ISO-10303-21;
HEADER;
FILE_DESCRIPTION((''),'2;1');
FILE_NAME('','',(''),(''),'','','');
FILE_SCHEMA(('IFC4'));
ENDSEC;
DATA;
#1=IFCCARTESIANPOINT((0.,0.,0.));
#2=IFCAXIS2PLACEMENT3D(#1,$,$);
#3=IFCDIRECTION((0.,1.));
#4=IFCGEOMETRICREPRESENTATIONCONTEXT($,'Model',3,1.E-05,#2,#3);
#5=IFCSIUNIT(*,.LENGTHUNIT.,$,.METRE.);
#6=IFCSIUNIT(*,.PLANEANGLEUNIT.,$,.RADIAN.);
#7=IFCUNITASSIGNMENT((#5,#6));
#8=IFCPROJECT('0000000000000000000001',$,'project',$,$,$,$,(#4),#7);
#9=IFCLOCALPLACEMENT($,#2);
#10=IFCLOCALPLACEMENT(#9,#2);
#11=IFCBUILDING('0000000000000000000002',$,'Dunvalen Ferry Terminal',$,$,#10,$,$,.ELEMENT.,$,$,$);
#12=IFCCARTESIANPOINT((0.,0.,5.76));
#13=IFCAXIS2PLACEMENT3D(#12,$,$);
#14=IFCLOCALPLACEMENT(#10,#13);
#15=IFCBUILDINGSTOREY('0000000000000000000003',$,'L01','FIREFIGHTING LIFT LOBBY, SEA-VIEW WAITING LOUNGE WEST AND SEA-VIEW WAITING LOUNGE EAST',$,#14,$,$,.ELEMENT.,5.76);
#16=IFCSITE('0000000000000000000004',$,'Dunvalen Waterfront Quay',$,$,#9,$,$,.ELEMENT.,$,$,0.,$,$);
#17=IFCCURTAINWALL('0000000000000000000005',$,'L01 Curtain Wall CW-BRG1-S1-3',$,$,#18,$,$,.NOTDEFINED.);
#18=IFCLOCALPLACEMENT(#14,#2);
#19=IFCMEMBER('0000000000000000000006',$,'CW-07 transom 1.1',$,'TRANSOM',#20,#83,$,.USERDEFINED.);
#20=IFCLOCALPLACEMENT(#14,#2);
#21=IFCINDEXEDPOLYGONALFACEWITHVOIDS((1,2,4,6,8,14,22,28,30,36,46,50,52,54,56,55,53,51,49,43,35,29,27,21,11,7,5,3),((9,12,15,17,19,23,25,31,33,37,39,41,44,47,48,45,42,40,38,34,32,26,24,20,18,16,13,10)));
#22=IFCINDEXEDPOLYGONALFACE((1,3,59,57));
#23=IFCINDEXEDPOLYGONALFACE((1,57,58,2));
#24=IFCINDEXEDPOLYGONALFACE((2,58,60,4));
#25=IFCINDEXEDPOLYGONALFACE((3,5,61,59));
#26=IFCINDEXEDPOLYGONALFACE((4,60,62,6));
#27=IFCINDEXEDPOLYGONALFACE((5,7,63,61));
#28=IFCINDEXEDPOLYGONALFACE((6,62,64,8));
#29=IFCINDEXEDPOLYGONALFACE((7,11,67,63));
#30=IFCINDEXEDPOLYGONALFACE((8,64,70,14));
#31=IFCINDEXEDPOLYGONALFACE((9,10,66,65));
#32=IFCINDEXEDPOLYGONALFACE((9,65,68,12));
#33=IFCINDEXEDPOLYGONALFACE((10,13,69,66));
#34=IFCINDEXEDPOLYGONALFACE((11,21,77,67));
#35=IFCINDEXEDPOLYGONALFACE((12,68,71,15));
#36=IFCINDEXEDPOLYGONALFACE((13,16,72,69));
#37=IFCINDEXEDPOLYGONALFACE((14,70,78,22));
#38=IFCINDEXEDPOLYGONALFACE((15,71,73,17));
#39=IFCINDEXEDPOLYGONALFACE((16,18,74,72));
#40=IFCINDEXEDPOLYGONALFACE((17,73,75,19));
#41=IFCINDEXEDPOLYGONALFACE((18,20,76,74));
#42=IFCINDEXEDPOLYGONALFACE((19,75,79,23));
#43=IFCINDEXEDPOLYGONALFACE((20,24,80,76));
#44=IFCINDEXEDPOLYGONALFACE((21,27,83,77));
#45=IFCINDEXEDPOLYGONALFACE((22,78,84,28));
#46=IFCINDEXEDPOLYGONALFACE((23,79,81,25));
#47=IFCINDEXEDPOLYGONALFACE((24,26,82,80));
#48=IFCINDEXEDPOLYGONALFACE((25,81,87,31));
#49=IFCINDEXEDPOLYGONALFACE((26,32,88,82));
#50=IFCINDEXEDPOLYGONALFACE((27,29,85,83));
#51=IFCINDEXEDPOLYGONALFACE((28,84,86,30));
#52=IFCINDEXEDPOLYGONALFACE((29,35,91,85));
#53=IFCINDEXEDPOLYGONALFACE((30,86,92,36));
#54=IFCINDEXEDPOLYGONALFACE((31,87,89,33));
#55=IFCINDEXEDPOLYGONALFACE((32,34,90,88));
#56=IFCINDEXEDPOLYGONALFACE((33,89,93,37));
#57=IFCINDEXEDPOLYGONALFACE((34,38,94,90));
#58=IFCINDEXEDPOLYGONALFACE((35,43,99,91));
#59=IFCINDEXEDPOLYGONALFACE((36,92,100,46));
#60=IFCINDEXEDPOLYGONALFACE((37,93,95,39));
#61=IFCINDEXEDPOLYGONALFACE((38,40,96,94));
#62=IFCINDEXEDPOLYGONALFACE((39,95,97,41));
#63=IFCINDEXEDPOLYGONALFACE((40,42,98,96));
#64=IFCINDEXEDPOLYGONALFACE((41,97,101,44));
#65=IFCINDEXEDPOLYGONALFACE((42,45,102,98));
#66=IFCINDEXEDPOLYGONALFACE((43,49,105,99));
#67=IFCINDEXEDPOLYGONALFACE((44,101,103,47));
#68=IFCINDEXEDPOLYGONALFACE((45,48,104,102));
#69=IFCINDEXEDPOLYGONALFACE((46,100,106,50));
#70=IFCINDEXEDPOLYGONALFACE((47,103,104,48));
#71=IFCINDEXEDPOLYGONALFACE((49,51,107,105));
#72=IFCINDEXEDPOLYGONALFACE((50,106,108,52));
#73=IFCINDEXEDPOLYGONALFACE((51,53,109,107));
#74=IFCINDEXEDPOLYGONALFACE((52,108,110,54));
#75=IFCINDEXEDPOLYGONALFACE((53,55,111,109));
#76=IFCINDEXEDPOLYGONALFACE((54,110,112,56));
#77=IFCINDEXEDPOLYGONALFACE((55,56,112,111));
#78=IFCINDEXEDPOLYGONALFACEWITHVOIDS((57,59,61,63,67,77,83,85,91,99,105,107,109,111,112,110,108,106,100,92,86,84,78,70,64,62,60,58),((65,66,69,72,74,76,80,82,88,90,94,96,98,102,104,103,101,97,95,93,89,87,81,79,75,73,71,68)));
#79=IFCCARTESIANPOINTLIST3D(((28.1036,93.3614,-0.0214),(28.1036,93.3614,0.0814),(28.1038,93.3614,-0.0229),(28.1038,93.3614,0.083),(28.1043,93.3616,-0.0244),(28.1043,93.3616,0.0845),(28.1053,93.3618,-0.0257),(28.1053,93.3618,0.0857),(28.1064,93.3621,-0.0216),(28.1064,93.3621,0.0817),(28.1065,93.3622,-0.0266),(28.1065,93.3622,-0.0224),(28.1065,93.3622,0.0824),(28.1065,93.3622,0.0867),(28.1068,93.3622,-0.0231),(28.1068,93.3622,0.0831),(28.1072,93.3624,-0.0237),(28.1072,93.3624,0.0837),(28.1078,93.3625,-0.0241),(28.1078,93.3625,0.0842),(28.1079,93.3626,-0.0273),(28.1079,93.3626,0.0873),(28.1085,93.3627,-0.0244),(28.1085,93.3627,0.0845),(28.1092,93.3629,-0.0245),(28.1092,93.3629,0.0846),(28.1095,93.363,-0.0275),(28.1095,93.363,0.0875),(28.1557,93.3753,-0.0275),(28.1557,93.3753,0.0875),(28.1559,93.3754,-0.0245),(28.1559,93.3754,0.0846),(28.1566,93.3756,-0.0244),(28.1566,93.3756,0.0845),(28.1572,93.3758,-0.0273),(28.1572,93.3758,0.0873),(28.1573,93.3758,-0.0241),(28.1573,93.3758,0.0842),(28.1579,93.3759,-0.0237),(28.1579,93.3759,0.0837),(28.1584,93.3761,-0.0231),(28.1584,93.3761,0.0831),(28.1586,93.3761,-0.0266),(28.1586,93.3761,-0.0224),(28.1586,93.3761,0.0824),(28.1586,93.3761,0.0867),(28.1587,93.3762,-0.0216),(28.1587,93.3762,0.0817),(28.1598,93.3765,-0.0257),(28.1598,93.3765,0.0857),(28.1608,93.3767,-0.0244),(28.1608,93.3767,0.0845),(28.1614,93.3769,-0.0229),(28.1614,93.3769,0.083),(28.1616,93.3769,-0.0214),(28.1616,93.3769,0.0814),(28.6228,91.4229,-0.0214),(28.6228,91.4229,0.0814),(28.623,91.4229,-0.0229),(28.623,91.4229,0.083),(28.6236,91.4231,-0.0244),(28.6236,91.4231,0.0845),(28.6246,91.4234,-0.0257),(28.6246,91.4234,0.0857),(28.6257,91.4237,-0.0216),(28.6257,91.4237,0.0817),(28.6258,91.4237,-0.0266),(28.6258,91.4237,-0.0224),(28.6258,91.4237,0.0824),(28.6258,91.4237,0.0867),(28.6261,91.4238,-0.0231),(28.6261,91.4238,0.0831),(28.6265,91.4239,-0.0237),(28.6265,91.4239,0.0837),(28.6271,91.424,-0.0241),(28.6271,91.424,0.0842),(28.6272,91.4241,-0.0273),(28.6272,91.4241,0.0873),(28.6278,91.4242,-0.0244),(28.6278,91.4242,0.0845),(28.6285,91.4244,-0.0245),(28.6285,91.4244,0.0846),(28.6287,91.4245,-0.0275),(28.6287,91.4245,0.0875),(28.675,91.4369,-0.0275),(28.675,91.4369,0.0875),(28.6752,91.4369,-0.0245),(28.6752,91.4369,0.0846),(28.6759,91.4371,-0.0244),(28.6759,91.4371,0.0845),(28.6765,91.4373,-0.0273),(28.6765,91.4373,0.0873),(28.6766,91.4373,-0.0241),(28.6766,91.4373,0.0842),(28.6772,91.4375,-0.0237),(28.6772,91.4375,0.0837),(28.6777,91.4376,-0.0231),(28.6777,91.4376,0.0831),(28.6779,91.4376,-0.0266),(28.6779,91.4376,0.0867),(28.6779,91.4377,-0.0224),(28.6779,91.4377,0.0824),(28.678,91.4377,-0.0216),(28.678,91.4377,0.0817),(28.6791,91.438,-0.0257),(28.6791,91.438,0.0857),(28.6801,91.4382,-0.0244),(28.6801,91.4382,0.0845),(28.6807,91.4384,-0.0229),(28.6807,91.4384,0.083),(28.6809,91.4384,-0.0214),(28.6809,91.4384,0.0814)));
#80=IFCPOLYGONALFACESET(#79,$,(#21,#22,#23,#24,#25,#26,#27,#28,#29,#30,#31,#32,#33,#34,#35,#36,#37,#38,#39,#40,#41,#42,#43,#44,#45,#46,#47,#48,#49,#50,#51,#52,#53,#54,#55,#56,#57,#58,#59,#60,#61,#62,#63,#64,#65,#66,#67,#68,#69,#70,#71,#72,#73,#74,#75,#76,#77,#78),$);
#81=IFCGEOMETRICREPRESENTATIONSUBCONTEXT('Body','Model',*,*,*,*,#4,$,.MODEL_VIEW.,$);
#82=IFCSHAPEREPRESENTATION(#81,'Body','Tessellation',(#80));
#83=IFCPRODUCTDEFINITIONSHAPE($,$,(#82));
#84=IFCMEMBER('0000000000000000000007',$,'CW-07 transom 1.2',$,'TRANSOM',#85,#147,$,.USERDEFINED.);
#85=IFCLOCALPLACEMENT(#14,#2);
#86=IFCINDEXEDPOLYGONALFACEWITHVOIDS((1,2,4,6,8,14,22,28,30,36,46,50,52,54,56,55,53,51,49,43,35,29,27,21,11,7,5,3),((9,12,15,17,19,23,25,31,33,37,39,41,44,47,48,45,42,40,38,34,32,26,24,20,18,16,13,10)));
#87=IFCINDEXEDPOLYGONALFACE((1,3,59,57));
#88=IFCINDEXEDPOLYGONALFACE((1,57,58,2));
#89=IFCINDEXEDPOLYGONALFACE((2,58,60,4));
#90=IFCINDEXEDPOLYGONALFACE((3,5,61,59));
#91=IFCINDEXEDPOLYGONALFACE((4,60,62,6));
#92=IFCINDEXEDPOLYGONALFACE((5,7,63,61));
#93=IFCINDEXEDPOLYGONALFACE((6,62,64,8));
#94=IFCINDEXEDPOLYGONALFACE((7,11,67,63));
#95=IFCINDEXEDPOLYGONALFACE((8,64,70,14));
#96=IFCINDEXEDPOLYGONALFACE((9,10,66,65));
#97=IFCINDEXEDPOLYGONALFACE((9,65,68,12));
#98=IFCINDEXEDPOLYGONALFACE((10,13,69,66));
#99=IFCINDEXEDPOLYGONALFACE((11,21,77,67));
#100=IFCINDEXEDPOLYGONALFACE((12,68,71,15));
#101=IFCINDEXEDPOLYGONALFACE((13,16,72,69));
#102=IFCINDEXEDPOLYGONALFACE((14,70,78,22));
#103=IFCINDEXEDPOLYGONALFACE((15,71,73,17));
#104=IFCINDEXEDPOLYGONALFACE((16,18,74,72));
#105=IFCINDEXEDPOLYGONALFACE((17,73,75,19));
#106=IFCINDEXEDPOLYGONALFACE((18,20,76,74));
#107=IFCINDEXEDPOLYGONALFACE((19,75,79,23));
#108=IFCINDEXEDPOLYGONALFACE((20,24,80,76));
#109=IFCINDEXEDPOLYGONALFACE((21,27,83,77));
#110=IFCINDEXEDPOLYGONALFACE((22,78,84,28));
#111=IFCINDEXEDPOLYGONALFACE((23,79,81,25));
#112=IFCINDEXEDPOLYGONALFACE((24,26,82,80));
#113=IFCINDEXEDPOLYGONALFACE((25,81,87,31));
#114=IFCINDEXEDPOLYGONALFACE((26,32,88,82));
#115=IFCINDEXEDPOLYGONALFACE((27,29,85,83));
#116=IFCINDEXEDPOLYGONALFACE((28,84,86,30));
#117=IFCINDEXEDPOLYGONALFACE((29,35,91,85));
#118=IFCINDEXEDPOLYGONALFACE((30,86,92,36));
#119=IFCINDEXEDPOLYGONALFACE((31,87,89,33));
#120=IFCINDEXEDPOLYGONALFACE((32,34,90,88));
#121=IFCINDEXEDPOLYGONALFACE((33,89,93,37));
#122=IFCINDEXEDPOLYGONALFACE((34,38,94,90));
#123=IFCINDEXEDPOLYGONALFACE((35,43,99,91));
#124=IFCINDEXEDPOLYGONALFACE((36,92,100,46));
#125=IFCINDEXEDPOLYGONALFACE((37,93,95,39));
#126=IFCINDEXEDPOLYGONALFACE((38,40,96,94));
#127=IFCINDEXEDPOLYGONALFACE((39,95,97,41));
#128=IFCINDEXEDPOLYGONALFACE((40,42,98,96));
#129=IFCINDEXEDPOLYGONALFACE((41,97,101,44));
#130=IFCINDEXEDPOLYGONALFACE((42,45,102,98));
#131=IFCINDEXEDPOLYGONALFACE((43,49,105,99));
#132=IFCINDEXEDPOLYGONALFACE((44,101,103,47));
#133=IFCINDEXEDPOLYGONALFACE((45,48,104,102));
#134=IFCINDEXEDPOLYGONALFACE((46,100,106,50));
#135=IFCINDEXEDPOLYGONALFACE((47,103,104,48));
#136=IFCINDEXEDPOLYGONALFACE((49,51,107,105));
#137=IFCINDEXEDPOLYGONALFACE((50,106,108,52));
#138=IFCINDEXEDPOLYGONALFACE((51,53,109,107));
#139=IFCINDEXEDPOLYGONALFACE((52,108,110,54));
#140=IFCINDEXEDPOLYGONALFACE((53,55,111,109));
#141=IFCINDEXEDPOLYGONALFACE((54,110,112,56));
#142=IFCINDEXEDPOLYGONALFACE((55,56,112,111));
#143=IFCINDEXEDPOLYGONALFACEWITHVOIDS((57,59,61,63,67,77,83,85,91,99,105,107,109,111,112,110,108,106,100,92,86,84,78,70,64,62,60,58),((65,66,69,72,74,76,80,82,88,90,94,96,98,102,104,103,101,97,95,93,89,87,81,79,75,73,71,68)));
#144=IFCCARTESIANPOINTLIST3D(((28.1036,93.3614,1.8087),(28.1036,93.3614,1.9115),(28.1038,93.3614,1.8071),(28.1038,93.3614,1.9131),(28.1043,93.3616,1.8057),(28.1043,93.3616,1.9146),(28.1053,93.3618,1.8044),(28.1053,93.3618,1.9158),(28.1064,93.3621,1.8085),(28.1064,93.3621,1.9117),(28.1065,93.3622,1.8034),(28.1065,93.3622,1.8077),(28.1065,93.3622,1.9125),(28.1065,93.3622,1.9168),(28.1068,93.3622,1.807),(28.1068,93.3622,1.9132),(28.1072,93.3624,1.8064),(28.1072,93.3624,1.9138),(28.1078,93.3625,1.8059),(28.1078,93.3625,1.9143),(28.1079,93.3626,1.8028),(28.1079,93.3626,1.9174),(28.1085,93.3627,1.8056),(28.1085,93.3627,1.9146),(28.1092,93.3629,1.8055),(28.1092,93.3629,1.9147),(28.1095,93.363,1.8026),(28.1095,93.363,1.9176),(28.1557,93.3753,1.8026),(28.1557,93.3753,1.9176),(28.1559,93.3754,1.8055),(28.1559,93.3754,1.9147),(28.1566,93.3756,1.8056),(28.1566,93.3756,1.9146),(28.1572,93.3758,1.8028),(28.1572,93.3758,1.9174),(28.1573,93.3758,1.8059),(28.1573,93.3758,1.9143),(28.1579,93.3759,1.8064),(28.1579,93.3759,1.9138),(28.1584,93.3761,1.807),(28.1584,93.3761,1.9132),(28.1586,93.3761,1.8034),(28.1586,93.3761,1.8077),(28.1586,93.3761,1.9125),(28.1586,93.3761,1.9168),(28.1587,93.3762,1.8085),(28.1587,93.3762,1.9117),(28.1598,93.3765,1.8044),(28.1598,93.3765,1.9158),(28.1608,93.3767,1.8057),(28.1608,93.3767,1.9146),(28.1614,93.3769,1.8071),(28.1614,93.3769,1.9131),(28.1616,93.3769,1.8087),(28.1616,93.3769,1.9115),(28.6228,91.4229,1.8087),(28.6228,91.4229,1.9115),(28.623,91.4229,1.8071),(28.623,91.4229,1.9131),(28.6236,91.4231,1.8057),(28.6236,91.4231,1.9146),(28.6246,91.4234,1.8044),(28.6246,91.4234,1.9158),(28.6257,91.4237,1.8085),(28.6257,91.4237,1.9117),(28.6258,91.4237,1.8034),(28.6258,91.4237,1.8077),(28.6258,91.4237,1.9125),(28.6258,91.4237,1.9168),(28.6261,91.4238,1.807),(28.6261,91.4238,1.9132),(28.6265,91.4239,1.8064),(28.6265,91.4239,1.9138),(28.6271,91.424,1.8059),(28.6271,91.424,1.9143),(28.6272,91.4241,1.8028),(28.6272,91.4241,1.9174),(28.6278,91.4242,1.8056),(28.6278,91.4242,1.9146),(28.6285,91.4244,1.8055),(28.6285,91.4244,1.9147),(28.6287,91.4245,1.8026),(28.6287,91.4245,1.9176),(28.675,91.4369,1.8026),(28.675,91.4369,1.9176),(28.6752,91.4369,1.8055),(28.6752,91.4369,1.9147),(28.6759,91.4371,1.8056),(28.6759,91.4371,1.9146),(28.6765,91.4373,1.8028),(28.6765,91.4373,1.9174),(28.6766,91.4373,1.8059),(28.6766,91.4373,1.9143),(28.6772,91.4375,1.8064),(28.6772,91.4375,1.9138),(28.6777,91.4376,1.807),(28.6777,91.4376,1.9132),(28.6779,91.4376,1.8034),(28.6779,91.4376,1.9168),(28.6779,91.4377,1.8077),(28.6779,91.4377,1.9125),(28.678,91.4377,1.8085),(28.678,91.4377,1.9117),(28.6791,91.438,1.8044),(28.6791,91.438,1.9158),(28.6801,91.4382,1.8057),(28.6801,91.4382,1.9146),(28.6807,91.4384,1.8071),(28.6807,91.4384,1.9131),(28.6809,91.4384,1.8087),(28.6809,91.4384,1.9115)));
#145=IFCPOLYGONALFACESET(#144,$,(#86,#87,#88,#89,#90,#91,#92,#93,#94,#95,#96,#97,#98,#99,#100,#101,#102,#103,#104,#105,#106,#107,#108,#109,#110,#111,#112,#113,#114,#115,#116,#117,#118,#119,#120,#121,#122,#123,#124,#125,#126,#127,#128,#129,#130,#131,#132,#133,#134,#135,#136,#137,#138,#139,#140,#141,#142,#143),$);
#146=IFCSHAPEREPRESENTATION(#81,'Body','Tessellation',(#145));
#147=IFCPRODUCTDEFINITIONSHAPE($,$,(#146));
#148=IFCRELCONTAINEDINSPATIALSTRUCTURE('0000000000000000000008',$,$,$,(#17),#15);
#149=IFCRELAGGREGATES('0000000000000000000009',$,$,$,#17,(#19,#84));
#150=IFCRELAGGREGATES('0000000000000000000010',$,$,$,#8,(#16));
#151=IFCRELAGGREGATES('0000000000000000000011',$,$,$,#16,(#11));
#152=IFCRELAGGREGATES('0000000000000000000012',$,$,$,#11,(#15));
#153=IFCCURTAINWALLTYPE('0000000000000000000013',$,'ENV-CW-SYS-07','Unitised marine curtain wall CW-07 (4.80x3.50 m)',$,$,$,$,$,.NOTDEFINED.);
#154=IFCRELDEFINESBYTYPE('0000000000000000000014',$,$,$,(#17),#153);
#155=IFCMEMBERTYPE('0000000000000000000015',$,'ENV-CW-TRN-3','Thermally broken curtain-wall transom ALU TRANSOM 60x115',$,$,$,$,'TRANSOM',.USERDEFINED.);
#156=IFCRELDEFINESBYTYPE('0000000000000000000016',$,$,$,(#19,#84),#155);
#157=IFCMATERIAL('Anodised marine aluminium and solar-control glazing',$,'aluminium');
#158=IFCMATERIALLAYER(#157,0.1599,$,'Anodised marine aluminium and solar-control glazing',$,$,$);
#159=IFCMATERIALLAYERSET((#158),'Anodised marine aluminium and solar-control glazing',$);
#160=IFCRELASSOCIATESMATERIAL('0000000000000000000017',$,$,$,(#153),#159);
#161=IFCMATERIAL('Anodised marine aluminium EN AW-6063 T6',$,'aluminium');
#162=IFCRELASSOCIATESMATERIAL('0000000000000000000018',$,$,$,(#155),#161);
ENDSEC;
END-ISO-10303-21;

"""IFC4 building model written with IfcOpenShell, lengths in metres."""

from ifc_helpers import new_model, si_unit, direction, frame, origin, origin_2d, place, context, subcontext, project, spatial, hollow_rectangle, extrude, material, layer, layer_set, material_profile, profile_set, type_object, element, aggregate, save


model = new_model("IFC4")

# Units and contexts
model_context = context("Model", 3, precision=1e-05, world=origin(), true_north=direction((0.0, 1.0)))
body_context = subcontext(model_context, "Body", "Model", "MODEL_VIEW")
ifc_project = project(units=[si_unit("LENGTHUNIT", "METRE"), si_unit("PLANEANGLEUNIT", "RADIAN")], contexts=[model_context])

# Site, building, storey
site_placement = place(None, origin())
site = spatial("IfcSite", under=ifc_project, at=site_placement, Name="Dunvalen Waterfront Quay", CompositionType="ELEMENT", RefElevation=0.0)
building_placement = place(site_placement, origin())
building = spatial("IfcBuilding", under=site, at=building_placement, Name="Dunvalen Ferry Terminal", CompositionType="ELEMENT")
storey_placement = place(building_placement, frame((0.0, 0.0, 5.76)))
storey = spatial("IfcBuildingStorey", under=building, at=storey_placement, Name="L01", Description="FIREFIGHTING LIFT LOBBY, SEA-VIEW WAITING LOUNGE WEST AND SEA-VIEW WAITING LOUNGE EAST", CompositionType="ELEMENT", Elevation=5.76)

# Shared definitions
ifc_material_1 = material(Name="Anodised marine aluminium and solar-control glazing", Category="aluminium")
ifc_material_2 = material(Name="Anodised marine aluminium EN AW-6063 T6", Category="aluminium")

# Shared definitions
ifc_layer_1 = layer(ifc_material_1, 0.1599, Name="Anodised marine aluminium and solar-control glazing")
ifc_layer_set_1 = layer_set([ifc_layer_1], Name="Anodised marine aluminium and solar-control glazing")
curtain_wall_type_1 = type_object("IfcCurtainWallType", Name="ENV-CW-SYS-07", Description="Unitised marine curtain wall CW-07 (4.80x3.50 m)", PredefinedType="NOTDEFINED", material=ifc_layer_set_1)

# Curtain wall
curtain_wall_1_placement = place(storey_placement, origin())
curtain_wall_1 = element("IfcCurtainWall", 1, at=curtain_wall_1_placement, inside=storey, type_object=curtain_wall_type_1, Name="L01 Curtain Wall CW-BRG1-S1-3", PredefinedType="NOTDEFINED")

# Members
ifc_material_profile_1 = material_profile(ifc_material_2, hollow_rectangle(XDim=0.0601, YDim=0.115, WallThickness=0.0029, InnerFilletRadius=0.0029, OuterFilletRadius=0.0061, at=origin_2d()), Name="Anodised marine aluminium EN AW-6063 T6")
ifc_profile_set_1 = profile_set([ifc_material_profile_1], Name="Anodised marine aluminium EN AW-6063 T6")
member_type_1 = type_object("IfcMemberType", Name="ENV-CW-TRN-3", Description="Thermally broken curtain-wall transom ALU TRANSOM 60x115", ElementType="TRANSOM", PredefinedType="USERDEFINED", material=ifc_profile_set_1)
member_1_placement = place(storey_placement, frame((28.6519, 91.4307, 0.03), z_axis=(-0.25876, 0.965942, 0.0), x_axis=(-0.965942, -0.25876, 0.0)))
member_1 = element("IfcMember", 2, at=member_1_placement, type_object=member_type_1, Name="CW-07 transom 1.1", ObjectType="TRANSOM", PredefinedType="USERDEFINED", context=body_context, shape_type="SweptSolid", body=[
    extrude(hollow_rectangle(XDim=0.0601, YDim=0.115, WallThickness=0.0029, InnerFilletRadius=0.0029, OuterFilletRadius=0.0061, at=origin_2d()), origin(), (0.0, 0.0, 1.0), 2.0068),
])
member_2_placement = place(storey_placement, frame((28.6519, 91.4307, 1.8601), z_axis=(-0.25876, 0.965942, 0.0), x_axis=(-0.965942, -0.25876, 0.0)))
member_2 = element("IfcMember", 3, at=member_2_placement, type_object=member_type_1, Name="CW-07 transom 1.2", ObjectType="TRANSOM", PredefinedType="USERDEFINED", context=body_context, shape_type="SweptSolid", body=[
    extrude(hollow_rectangle(XDim=0.0601, YDim=0.115, WallThickness=0.0029, InnerFilletRadius=0.0029, OuterFilletRadius=0.0061, at=origin_2d()), origin(), (0.0, 0.0, 1.0), 2.0068),
])

aggregate(curtain_wall_1, [member_1, member_2])

save(model, "model.ifc")
